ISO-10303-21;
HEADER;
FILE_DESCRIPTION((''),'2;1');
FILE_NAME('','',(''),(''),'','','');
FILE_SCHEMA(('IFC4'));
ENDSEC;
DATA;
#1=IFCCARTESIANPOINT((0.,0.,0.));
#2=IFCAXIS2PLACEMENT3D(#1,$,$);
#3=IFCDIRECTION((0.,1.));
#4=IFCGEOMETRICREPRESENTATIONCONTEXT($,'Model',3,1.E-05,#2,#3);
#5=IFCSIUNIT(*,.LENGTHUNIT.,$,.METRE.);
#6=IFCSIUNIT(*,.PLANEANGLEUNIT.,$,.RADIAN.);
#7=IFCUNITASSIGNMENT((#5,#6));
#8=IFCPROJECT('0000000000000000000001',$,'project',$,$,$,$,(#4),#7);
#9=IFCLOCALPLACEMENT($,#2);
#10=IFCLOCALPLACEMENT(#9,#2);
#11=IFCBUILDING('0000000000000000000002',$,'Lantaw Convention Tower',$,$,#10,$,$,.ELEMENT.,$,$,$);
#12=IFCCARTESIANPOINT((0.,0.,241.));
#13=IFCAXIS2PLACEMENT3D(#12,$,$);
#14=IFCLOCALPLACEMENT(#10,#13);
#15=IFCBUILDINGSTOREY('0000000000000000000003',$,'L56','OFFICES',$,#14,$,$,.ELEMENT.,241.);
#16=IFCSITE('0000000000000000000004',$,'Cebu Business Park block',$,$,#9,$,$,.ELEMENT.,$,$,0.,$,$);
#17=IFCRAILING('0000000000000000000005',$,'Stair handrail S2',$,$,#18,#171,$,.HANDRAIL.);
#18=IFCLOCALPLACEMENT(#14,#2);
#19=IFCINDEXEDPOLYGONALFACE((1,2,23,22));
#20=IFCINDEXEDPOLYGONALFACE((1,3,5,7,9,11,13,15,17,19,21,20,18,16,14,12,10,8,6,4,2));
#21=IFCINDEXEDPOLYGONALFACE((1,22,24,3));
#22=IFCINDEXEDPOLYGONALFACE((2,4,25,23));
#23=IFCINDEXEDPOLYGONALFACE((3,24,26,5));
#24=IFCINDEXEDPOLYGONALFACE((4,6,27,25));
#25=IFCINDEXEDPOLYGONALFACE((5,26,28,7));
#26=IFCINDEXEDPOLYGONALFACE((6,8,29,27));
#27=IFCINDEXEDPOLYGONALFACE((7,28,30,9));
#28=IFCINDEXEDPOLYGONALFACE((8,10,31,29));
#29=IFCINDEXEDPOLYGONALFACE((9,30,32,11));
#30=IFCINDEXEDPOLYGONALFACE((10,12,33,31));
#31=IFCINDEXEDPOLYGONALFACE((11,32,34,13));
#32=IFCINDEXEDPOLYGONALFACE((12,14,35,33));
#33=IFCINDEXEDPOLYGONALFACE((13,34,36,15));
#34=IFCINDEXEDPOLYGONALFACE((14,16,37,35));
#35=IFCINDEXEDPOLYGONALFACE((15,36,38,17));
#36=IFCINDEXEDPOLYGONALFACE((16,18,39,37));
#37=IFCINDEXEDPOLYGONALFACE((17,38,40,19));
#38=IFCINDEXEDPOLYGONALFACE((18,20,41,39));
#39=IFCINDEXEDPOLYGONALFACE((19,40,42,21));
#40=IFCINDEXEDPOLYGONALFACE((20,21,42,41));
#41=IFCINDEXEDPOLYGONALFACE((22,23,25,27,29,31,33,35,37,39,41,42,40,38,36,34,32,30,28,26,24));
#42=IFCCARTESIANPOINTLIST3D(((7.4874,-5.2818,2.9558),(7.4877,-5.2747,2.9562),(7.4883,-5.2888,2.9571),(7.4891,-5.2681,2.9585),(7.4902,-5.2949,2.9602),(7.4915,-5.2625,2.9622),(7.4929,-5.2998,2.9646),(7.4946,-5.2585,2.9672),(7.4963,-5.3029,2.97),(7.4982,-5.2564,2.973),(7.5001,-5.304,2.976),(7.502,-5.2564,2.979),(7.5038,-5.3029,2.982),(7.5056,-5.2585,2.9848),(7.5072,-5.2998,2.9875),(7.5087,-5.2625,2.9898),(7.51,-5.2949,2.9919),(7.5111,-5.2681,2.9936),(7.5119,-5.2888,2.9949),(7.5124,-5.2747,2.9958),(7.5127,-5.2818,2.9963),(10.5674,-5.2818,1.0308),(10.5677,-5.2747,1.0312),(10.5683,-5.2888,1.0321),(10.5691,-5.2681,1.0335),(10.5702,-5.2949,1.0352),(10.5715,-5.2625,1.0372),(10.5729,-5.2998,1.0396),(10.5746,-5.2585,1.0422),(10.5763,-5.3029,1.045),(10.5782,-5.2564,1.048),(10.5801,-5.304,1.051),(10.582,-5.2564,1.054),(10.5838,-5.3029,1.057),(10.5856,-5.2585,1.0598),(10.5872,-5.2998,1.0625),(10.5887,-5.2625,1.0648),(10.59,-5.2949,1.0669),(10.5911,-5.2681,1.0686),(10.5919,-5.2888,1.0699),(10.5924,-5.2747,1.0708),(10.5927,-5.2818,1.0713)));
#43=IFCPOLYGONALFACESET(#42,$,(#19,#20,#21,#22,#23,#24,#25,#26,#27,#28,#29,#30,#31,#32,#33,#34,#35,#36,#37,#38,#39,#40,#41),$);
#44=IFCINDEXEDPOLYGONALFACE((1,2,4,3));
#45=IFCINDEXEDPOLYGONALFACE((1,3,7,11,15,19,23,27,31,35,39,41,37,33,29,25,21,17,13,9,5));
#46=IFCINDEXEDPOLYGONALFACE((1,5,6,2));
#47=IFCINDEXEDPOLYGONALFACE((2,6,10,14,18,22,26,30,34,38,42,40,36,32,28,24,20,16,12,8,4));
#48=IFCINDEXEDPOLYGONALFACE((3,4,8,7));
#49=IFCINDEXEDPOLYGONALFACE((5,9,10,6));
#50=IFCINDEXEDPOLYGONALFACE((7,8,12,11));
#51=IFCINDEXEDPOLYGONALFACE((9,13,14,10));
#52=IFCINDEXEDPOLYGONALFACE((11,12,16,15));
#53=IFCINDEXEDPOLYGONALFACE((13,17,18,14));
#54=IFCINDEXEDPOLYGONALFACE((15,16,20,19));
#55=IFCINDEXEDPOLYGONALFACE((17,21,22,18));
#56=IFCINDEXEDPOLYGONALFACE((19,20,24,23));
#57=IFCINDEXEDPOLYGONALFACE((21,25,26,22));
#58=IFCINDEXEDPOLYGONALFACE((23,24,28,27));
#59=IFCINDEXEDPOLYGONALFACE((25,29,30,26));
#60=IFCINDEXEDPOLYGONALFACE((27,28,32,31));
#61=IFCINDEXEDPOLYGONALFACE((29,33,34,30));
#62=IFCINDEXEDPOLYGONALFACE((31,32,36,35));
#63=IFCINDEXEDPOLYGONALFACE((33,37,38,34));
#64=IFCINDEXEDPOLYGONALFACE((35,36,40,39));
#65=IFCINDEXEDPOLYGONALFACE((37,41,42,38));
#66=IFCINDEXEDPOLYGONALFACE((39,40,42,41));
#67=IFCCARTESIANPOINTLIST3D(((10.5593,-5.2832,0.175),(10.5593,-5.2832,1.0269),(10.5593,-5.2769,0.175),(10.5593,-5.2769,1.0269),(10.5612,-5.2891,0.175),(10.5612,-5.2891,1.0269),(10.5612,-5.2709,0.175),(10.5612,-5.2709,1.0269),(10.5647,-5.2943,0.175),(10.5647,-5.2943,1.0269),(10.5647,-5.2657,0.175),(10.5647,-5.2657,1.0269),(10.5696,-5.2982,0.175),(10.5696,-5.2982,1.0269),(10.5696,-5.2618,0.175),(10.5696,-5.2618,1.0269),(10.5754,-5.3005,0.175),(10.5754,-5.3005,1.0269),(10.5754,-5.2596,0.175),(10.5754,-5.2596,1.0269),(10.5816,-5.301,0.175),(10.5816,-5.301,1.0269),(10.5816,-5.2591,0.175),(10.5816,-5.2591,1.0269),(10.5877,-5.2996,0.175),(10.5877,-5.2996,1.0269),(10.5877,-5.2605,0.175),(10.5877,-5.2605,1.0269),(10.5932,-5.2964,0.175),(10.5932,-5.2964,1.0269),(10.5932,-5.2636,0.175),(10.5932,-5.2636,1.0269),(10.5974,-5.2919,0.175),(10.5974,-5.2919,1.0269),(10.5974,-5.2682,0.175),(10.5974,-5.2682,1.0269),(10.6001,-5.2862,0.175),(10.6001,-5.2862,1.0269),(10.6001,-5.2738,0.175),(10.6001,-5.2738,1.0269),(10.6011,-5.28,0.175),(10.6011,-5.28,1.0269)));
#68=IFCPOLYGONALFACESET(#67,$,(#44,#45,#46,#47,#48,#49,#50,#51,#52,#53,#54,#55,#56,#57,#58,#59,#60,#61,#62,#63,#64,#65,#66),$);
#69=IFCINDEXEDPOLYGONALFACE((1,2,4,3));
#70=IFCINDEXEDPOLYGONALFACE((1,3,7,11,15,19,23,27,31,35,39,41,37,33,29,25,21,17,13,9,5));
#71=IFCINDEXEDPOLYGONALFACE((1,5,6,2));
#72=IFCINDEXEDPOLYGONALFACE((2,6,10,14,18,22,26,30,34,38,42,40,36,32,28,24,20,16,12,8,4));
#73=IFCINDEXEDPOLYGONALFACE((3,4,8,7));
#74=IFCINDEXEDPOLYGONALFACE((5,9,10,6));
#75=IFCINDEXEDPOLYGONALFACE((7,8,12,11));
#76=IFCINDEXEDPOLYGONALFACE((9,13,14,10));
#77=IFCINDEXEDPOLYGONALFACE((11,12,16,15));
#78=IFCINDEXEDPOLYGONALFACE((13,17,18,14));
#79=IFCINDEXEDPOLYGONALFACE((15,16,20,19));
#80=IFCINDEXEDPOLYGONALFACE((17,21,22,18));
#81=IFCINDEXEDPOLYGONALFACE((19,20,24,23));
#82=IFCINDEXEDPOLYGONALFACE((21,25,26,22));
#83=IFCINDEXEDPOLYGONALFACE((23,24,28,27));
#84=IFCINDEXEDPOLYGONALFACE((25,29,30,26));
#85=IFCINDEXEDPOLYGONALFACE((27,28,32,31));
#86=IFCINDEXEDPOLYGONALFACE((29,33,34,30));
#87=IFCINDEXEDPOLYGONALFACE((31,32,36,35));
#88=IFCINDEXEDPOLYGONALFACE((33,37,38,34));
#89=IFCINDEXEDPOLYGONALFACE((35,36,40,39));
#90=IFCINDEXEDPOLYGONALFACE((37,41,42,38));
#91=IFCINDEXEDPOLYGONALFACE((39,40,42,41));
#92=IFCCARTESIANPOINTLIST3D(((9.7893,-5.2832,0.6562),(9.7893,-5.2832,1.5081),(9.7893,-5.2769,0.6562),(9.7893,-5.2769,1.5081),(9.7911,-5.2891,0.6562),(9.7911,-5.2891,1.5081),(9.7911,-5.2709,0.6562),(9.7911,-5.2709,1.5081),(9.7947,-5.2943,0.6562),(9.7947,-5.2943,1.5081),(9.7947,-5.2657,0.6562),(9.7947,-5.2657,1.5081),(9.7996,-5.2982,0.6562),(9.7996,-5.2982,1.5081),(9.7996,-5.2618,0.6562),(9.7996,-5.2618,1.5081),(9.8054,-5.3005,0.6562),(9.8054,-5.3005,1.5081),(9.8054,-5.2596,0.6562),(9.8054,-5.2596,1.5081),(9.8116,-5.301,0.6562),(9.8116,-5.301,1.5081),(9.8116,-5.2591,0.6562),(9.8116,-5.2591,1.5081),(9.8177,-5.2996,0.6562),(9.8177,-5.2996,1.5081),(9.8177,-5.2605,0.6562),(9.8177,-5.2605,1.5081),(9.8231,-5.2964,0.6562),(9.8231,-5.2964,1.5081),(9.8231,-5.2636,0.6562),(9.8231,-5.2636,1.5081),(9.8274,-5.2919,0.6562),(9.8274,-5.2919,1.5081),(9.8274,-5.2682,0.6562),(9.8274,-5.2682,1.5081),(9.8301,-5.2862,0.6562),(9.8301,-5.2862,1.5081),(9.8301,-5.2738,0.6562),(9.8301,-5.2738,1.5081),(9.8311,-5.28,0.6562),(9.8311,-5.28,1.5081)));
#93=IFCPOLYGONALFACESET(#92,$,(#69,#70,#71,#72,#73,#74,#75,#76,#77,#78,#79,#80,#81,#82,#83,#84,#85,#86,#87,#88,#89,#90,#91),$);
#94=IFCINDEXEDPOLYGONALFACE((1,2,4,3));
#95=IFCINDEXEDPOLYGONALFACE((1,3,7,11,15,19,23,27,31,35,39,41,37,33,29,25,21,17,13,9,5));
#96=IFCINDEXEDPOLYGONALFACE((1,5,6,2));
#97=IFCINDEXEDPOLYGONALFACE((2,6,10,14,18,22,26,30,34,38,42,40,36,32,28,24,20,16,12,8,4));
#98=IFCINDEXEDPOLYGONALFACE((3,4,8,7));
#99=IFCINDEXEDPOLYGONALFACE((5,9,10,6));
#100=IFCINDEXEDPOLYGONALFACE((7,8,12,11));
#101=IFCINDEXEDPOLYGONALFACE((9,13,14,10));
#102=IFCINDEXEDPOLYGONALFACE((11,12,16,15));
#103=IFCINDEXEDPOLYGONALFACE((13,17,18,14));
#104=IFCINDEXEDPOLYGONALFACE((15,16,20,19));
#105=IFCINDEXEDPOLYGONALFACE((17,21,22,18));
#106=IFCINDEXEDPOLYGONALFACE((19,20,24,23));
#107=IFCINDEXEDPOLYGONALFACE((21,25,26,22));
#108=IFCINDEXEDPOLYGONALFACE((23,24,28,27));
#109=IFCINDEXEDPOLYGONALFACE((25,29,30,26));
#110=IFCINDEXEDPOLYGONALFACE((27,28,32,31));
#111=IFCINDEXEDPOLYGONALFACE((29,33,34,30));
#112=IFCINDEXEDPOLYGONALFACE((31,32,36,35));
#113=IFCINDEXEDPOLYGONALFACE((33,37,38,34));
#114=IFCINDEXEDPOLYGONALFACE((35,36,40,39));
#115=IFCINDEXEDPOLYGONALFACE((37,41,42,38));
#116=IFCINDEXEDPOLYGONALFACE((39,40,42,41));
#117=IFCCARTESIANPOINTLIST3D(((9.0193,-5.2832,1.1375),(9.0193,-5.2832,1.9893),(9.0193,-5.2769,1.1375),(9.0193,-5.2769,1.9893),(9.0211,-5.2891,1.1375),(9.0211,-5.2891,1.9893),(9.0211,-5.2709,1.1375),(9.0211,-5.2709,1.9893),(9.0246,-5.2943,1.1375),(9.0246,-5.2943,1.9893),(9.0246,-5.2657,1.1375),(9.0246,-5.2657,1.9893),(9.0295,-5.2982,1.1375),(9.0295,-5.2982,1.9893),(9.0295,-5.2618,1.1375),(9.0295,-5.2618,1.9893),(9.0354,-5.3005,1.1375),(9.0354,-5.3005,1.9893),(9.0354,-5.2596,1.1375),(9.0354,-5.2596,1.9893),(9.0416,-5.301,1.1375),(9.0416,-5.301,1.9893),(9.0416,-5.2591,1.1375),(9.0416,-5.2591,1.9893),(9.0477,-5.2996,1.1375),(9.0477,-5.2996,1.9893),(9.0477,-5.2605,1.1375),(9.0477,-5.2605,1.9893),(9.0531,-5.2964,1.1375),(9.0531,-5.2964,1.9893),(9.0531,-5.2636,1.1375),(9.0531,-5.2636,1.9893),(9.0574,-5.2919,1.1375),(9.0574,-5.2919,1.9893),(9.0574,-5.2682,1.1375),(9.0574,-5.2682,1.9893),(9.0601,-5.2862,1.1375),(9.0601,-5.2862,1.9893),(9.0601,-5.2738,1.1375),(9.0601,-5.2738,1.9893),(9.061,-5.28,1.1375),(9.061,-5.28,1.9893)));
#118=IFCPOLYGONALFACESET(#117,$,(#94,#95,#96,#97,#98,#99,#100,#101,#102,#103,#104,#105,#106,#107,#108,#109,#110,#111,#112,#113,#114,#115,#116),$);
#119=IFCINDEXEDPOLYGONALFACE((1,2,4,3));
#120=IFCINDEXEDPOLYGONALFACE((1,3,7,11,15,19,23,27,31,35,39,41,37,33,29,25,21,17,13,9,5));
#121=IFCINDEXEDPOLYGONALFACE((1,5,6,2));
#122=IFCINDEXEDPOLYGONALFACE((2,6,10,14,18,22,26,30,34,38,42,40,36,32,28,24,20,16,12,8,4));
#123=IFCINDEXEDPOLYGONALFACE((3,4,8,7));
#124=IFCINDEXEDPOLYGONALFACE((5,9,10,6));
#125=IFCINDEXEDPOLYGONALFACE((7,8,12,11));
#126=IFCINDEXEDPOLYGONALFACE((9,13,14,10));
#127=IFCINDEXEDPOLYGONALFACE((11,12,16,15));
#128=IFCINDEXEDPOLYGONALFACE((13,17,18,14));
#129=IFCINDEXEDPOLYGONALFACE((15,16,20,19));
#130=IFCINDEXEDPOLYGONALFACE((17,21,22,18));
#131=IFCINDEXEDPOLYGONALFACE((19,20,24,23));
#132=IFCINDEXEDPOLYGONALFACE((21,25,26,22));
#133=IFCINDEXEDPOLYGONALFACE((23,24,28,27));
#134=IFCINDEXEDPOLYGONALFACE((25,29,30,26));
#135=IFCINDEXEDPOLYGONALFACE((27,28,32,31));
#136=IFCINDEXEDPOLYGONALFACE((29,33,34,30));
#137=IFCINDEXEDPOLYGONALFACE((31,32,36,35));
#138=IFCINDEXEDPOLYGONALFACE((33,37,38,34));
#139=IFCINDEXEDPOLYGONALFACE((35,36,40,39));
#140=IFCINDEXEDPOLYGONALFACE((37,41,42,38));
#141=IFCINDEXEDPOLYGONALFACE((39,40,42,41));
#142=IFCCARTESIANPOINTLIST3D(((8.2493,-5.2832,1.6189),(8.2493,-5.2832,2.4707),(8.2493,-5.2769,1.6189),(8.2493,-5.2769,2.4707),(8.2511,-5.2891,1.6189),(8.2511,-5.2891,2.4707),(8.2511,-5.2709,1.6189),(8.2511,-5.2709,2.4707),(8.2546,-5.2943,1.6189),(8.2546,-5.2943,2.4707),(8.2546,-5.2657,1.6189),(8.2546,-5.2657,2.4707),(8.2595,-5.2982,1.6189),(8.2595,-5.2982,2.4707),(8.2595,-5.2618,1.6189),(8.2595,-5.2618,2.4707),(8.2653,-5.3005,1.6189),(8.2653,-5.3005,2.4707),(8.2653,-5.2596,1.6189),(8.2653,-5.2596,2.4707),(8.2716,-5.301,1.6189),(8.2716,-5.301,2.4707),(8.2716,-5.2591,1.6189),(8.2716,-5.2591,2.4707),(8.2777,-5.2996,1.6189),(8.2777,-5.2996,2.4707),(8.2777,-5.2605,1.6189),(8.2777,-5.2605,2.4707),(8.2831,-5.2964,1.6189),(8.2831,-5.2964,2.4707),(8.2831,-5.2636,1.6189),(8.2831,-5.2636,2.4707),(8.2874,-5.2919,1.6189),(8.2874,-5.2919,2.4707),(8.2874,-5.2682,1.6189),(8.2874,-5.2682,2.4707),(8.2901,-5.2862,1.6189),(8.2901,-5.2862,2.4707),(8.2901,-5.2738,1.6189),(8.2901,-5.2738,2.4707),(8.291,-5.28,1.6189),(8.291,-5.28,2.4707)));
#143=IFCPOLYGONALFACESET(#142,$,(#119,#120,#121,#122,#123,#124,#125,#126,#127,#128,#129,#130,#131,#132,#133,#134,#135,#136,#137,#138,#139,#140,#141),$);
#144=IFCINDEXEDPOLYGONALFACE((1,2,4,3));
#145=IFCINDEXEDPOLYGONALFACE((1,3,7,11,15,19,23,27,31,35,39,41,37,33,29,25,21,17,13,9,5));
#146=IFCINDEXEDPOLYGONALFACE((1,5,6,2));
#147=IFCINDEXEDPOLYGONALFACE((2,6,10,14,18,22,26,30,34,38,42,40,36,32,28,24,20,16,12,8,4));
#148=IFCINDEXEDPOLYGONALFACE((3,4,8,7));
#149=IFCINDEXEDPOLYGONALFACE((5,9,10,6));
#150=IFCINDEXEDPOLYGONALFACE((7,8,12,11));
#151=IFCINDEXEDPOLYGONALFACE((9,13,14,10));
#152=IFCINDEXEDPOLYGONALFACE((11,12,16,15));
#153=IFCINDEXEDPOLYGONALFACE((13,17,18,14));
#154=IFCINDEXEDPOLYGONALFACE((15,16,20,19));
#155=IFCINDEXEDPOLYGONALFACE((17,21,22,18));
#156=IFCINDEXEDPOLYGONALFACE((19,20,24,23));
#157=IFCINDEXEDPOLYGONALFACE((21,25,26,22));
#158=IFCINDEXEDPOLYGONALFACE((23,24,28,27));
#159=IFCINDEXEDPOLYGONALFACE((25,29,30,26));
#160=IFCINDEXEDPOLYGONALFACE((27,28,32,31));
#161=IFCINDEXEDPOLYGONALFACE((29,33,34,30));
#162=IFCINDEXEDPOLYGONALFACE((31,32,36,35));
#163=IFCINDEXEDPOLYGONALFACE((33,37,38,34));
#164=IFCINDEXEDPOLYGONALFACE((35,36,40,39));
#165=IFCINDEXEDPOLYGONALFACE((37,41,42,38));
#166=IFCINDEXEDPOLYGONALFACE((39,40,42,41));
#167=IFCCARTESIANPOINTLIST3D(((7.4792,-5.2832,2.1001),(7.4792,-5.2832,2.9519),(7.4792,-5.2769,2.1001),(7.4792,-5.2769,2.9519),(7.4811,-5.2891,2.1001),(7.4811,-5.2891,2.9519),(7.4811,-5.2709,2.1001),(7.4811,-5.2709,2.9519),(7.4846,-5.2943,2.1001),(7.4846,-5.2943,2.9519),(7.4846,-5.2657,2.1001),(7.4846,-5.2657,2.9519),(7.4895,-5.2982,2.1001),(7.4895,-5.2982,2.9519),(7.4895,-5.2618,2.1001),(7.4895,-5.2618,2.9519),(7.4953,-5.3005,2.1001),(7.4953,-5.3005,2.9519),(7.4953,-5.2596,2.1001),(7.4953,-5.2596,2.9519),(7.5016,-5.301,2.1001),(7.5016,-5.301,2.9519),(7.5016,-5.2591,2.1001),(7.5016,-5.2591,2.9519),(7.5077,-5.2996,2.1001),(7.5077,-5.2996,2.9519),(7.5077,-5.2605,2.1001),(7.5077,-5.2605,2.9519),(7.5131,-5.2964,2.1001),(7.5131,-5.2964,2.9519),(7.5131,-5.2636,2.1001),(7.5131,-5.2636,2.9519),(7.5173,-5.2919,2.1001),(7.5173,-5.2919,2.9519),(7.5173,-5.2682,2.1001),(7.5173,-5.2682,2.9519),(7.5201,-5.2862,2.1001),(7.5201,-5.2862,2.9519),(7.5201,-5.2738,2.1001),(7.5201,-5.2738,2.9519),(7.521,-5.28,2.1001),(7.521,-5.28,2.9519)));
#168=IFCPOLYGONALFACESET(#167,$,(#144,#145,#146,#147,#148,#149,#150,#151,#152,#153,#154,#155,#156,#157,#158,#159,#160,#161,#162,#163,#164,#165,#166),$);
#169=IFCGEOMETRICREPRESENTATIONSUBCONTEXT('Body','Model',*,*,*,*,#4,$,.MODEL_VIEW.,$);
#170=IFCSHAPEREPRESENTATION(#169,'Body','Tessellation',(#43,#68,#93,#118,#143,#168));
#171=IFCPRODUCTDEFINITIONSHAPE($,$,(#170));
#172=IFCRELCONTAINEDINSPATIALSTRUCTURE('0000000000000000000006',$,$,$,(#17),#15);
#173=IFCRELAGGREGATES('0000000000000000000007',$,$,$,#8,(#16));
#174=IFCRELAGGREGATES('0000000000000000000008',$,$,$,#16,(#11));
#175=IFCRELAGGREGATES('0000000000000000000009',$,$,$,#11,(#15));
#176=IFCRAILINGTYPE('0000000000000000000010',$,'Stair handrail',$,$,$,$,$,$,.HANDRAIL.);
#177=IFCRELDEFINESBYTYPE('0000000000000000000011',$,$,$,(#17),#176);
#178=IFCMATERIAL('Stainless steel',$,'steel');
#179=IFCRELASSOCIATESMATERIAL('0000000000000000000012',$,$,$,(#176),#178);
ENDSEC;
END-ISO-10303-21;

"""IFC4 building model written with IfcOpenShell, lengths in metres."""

from ifc_helpers import new_model, si_unit, direction, frame, origin, origin_2d, place, context, subcontext, project, spatial, circle, extrude, material, type_object, element, save


model = new_model("IFC4")

# Units and contexts
model_context = context("Model", 3, precision=1e-05, world=origin(), true_north=direction((0.0, 1.0)))
body_context = subcontext(model_context, "Body", "Model", "MODEL_VIEW")
ifc_project = project(units=[si_unit("LENGTHUNIT", "METRE"), si_unit("PLANEANGLEUNIT", "RADIAN")], contexts=[model_context])

# Site, building, storey
site_placement = place(None, origin())
site = spatial("IfcSite", under=ifc_project, at=site_placement, Name="Cebu Business Park block", CompositionType="ELEMENT", RefElevation=0.0)
building_placement = place(site_placement, origin())
building = spatial("IfcBuilding", under=site, at=building_placement, Name="Lantaw Convention Tower", CompositionType="ELEMENT")
storey_placement = place(building_placement, frame((0.0, 0.0, 241.0)))
storey = spatial("IfcBuildingStorey", under=building, at=storey_placement, Name="L56", Description="OFFICES", CompositionType="ELEMENT", Elevation=241.0)

# Railing
ifc_material_1 = material(Name="Stainless steel", Category="steel")
railing_type = type_object("IfcRailingType", Name="Stair handrail", PredefinedType="HANDRAIL", material=ifc_material_1)
railing_1_placement = place(storey_placement, frame((10.5801, -5.28, 0.175)))
element("IfcRailing", 1, at=railing_1_placement, inside=storey, type_object=railing_type, Name="Stair handrail S2", PredefinedType="HANDRAIL", context=body_context, shape_type="SweptSolid", body=[
    extrude(circle(Radius=0.0239, at=origin_2d()), frame((0.0, 0.0, 0.876), z_axis=(-0.847998, 0.0, 0.529999), x_axis=(0.0, -1.0, 0.0)), (0.0, 0.0, 1.0), 3.6321),
    extrude(circle(Radius=0.021, at=origin_2d()), origin(), (0.0, 0.0, 1.0), 0.8518),
    extrude(circle(Radius=0.021, at=origin_2d()), frame((-0.77, 0.0, 0.4812)), (0.0, 0.0, 1.0), 0.8518),
    extrude(circle(Radius=0.021, at=origin_2d()), frame((-1.54, 0.0, 0.9624)), (0.0, 0.0, 1.0), 0.8518),
    extrude(circle(Radius=0.021, at=origin_2d()), frame((-2.3101, 0.0, 1.4438)), (0.0, 0.0, 1.0), 0.8518),
    extrude(circle(Radius=0.021, at=origin_2d()), frame((-3.0801, 0.0, 1.925)), (0.0, 0.0, 1.0), 0.8518),
])

save(model, "model.ifc")
